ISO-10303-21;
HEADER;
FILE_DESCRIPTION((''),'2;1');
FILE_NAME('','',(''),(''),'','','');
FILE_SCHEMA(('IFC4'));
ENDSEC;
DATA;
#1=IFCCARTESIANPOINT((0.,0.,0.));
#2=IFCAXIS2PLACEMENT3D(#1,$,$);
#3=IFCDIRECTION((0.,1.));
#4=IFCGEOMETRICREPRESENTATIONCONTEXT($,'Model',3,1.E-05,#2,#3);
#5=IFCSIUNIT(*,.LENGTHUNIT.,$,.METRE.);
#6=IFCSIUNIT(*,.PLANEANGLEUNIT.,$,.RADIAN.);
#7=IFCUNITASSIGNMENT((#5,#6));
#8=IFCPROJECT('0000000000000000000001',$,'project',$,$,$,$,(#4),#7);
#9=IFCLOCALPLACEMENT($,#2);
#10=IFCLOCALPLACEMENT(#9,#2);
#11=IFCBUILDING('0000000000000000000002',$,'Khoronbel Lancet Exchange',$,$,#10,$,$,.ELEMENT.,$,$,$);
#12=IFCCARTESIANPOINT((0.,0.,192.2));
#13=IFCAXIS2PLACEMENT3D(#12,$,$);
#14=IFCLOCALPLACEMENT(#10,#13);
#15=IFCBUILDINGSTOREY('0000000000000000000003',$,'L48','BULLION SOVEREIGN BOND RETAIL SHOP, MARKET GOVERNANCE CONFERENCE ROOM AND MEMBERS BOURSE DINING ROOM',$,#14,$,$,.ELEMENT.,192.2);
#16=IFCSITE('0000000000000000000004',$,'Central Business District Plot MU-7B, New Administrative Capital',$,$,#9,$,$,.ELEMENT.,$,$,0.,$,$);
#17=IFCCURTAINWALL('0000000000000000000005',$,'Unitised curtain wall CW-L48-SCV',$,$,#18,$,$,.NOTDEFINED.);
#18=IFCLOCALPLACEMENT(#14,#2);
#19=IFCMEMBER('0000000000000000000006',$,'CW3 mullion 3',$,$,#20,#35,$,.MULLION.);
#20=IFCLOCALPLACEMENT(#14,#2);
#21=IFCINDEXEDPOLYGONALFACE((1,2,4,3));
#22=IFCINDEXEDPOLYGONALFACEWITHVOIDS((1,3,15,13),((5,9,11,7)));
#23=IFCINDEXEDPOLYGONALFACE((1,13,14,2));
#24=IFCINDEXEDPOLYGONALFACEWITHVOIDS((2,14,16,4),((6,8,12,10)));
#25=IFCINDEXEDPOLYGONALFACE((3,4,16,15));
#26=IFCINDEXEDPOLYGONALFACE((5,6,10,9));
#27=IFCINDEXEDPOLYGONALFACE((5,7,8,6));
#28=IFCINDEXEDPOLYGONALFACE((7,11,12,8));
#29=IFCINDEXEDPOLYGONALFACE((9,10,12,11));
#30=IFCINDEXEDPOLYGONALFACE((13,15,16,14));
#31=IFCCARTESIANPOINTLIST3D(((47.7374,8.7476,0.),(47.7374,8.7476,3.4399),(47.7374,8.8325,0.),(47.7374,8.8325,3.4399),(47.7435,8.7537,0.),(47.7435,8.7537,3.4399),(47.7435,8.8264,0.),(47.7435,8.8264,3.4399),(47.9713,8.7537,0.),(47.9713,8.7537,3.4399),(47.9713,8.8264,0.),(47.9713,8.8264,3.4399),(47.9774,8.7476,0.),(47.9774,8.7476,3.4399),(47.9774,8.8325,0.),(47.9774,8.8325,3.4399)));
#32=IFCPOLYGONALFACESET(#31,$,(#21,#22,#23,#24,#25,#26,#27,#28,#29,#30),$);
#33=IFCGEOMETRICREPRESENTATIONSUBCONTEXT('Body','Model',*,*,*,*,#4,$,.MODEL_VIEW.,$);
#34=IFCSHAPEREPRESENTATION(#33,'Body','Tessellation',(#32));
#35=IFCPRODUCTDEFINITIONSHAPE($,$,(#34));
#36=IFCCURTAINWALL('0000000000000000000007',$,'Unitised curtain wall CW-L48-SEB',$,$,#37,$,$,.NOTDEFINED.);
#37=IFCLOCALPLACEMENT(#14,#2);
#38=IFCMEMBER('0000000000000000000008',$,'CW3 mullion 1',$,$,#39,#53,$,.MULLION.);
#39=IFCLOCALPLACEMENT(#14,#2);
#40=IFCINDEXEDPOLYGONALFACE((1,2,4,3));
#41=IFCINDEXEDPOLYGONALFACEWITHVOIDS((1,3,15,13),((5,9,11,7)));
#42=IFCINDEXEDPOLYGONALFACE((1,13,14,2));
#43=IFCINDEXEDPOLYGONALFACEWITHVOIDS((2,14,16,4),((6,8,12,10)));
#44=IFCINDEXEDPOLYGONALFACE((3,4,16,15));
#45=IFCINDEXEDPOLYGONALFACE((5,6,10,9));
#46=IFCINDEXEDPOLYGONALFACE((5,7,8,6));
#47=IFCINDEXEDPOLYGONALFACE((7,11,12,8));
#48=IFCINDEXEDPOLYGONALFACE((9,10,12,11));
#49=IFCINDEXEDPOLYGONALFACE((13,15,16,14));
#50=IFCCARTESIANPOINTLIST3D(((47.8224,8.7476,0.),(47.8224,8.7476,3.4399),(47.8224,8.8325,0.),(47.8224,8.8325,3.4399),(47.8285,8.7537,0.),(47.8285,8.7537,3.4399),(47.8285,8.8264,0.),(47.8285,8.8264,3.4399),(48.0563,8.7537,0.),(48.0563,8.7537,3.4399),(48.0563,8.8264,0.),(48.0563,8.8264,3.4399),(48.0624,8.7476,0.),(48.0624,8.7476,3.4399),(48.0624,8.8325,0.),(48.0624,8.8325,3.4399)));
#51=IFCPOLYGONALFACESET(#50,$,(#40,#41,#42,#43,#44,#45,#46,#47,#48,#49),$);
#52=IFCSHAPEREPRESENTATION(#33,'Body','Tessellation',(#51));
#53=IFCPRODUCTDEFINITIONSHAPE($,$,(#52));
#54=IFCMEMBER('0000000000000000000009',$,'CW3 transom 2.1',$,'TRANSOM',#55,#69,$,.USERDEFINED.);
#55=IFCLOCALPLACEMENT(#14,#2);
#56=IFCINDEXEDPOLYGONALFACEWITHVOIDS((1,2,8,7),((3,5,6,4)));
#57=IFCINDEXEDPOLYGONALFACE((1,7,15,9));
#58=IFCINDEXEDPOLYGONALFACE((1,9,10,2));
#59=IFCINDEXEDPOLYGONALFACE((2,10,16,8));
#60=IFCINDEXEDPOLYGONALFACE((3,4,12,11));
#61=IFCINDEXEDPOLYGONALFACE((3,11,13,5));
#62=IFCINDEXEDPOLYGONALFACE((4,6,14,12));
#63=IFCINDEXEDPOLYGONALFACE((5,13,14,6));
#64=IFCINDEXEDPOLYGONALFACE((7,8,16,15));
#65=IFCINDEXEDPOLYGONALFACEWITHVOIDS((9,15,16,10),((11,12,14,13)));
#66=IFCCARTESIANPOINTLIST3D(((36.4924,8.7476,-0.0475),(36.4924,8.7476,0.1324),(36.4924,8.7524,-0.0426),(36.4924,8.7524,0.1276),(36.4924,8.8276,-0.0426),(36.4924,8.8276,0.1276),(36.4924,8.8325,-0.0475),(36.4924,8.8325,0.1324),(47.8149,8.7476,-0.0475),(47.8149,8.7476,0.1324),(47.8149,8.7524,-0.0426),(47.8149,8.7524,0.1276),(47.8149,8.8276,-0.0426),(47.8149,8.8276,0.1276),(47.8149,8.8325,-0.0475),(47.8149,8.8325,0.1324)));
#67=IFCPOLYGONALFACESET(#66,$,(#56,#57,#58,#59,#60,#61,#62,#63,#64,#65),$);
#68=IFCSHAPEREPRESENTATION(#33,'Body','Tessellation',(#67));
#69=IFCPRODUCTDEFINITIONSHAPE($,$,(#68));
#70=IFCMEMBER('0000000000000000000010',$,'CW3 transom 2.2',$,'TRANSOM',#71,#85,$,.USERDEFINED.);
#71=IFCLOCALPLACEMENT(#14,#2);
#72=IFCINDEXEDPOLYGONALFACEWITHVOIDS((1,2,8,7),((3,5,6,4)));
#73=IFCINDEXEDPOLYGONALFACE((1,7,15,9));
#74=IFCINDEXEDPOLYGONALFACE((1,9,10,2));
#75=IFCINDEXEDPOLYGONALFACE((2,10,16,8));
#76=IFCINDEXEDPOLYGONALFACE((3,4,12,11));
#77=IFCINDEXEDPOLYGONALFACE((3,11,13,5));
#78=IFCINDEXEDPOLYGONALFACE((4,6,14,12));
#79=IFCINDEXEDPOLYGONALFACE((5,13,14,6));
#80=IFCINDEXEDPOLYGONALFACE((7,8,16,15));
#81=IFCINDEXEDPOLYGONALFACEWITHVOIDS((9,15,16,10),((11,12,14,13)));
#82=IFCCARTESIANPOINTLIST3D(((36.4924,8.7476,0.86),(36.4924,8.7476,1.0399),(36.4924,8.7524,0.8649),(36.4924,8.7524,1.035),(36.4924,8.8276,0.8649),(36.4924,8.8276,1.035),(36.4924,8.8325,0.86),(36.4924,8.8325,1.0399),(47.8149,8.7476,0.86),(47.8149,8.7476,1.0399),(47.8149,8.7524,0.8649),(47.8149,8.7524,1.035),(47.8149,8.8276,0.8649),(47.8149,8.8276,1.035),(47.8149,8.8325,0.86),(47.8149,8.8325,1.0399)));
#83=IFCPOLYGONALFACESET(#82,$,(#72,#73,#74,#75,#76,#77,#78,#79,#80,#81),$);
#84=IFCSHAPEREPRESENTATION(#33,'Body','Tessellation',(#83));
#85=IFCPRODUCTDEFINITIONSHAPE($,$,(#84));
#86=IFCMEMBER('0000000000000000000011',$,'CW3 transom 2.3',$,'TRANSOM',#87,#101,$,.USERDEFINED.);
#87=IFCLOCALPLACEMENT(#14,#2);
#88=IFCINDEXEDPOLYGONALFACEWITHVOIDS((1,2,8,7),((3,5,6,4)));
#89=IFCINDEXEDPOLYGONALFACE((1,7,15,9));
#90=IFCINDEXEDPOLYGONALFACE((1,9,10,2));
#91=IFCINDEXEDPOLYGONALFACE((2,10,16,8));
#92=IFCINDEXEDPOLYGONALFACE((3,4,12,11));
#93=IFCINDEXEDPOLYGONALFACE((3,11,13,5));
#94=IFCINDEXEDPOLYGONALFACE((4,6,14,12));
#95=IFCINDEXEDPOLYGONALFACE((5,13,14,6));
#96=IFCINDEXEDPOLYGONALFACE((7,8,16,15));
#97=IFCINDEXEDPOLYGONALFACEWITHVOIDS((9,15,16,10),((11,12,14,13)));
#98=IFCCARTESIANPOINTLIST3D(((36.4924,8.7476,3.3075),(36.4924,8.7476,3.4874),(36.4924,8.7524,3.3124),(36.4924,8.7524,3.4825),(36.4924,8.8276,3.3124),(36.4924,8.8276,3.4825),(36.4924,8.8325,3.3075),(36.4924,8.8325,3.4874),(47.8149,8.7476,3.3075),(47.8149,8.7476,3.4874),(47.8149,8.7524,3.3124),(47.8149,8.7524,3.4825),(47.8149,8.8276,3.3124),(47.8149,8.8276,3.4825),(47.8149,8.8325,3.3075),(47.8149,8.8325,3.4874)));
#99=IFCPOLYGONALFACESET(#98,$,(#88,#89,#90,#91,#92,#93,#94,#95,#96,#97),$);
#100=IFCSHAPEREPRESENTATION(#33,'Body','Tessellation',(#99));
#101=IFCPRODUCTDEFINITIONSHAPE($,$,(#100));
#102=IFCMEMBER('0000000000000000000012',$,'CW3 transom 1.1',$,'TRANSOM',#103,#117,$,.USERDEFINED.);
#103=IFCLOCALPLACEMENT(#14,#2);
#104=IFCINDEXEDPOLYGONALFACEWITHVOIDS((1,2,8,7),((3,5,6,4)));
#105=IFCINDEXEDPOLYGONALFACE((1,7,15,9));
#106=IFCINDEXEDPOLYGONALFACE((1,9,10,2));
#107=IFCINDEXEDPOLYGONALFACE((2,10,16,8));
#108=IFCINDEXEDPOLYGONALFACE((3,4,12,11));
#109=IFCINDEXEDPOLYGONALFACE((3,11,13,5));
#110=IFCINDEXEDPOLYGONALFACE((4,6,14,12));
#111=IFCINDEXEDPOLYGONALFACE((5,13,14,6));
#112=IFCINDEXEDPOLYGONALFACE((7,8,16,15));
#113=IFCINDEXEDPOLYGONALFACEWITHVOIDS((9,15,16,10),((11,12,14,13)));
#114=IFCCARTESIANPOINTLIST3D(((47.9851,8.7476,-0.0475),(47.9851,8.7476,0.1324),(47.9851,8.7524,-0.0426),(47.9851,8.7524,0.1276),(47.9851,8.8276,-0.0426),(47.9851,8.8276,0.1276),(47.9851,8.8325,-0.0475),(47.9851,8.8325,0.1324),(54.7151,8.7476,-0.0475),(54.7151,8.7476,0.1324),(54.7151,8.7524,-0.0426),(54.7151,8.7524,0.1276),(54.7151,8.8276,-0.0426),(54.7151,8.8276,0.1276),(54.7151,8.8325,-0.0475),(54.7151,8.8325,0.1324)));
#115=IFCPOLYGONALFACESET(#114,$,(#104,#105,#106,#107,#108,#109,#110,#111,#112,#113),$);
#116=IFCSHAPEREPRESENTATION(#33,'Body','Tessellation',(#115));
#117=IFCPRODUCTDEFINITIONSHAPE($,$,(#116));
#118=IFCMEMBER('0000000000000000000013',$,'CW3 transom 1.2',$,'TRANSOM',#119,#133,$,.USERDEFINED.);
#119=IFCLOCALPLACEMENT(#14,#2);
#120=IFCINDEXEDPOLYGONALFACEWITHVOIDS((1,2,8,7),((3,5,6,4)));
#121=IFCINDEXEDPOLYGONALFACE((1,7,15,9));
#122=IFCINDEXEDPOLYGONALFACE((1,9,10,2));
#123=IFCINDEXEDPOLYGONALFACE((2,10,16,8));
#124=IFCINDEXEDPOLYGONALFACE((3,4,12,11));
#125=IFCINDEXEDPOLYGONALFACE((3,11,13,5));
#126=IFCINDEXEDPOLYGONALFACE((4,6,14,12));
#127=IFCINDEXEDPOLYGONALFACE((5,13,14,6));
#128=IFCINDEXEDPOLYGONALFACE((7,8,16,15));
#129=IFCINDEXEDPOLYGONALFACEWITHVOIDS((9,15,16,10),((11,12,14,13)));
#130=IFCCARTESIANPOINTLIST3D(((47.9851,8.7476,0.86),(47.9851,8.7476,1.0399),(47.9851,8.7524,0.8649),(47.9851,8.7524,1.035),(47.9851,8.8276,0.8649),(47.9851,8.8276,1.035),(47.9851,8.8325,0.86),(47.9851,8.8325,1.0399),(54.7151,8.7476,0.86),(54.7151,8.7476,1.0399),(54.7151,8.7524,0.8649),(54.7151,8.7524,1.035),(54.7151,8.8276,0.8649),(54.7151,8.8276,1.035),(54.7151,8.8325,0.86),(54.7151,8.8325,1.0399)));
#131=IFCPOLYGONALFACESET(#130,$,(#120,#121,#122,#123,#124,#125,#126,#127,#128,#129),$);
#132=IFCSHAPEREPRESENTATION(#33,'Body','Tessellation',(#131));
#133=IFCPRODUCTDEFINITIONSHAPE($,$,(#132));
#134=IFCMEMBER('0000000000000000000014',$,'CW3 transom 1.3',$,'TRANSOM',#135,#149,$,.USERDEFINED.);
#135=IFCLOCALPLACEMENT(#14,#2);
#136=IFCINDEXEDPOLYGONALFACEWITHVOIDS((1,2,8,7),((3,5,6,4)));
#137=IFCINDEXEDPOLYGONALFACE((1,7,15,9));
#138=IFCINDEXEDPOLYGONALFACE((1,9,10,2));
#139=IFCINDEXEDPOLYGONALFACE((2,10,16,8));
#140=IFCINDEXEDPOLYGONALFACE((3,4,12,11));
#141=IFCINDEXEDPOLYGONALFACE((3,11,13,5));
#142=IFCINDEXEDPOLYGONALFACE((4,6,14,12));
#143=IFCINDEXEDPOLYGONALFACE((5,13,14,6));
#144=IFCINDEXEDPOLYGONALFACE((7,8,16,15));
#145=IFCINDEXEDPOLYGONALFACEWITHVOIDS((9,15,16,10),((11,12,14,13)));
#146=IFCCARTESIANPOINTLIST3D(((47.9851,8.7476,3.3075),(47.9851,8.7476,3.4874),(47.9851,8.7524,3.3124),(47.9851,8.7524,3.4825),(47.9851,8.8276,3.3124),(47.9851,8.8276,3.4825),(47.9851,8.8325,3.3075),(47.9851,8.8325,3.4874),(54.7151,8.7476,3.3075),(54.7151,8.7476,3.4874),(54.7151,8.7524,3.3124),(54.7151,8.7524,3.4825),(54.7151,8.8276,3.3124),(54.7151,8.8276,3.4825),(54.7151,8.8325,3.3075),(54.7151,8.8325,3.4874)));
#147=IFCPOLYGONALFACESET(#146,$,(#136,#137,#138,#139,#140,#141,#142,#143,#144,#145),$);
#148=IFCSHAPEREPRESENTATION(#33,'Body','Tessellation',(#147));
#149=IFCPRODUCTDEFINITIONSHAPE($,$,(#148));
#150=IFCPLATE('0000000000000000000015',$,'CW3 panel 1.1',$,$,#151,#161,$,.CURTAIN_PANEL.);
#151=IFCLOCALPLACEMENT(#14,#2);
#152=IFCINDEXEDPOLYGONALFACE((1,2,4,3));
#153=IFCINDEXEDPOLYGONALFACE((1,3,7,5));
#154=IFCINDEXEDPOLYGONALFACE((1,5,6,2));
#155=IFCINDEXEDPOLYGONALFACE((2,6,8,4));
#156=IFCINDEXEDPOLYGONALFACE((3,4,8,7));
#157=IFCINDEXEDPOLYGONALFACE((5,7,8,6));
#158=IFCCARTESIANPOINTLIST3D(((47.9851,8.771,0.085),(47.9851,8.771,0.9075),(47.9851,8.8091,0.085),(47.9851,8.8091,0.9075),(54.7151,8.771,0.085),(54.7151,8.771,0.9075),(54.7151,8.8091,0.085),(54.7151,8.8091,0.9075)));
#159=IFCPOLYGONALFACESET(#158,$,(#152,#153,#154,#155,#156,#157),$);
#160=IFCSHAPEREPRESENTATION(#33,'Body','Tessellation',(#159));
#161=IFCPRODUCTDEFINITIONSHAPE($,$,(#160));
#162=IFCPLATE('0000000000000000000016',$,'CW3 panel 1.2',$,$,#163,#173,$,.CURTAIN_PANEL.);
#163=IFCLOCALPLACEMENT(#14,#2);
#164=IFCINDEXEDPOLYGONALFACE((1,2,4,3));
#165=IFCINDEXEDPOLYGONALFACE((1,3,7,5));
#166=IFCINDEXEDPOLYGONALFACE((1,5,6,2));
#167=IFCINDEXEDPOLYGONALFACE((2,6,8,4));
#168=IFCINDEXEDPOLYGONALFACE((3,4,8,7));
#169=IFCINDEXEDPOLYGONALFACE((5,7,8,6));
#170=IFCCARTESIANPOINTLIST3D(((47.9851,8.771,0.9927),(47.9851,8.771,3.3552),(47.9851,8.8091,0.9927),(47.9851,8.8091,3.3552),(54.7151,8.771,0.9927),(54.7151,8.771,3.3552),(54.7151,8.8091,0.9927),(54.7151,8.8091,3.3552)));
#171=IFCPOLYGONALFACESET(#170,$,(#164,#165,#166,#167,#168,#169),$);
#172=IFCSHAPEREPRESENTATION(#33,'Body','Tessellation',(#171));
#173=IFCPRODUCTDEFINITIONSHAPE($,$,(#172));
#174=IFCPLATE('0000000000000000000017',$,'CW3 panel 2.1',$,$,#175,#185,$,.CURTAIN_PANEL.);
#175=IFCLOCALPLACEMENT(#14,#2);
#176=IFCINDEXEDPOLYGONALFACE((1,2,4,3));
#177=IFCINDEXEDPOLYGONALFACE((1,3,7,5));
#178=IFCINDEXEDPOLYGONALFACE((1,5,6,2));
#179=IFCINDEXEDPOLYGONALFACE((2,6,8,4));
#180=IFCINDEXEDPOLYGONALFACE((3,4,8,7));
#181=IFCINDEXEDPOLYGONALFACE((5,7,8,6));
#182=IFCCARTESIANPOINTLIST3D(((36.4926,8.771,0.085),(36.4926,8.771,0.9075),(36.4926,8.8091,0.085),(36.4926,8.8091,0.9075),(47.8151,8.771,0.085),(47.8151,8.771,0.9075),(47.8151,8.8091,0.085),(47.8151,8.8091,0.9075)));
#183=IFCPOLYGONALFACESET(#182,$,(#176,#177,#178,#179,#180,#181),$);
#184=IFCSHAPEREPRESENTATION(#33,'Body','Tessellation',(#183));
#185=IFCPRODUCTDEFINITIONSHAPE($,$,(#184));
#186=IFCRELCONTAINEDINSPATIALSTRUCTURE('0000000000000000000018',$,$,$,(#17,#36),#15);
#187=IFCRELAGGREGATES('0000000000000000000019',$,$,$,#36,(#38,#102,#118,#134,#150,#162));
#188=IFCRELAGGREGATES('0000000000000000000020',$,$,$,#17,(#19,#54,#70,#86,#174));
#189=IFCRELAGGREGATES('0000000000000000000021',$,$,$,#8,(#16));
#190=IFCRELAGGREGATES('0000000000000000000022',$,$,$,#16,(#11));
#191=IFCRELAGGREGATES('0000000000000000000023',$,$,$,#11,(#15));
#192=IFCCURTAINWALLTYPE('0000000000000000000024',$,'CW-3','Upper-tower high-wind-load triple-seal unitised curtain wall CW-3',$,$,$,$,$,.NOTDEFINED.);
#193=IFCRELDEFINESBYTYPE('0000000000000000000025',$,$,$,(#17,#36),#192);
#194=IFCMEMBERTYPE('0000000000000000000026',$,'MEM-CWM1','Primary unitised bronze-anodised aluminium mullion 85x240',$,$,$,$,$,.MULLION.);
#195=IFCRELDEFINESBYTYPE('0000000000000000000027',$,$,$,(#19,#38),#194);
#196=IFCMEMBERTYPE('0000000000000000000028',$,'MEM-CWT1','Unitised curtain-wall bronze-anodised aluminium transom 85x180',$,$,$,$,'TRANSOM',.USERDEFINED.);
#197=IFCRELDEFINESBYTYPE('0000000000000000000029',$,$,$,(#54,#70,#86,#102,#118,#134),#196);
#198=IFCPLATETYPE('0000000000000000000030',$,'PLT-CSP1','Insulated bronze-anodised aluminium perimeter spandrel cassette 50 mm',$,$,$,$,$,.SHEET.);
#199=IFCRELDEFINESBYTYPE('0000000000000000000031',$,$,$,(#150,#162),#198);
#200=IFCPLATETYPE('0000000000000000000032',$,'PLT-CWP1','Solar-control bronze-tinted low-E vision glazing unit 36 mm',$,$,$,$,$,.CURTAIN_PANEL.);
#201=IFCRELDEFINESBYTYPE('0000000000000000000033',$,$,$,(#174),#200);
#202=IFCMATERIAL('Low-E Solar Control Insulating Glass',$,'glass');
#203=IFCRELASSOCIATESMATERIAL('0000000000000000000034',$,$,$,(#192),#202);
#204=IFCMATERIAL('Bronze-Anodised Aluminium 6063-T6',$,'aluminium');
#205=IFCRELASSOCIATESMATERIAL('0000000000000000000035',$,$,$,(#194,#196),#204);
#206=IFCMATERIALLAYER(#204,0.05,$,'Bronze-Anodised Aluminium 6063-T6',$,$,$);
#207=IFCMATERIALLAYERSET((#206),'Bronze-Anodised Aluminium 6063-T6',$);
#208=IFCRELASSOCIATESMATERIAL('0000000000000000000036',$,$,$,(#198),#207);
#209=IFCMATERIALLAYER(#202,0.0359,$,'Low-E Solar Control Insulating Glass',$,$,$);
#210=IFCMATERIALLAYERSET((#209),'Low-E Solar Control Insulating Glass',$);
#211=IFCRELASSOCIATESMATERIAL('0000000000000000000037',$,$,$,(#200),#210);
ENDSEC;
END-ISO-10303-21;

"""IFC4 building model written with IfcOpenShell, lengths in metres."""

from ifc_helpers import new_model, si_unit, direction, frame, origin, origin_2d, place, context, subcontext, project, spatial, rectangle, hollow_rectangle, extrude, material, layer, layer_set, material_profile, profile_set, type_object, element, aggregate, save


model = new_model("IFC4")

# Units and contexts
model_context = context("Model", 3, precision=1e-05, world=origin(), true_north=direction((0.0, 1.0)))
body_context = subcontext(model_context, "Body", "Model", "MODEL_VIEW")
ifc_project = project(units=[si_unit("LENGTHUNIT", "METRE"), si_unit("PLANEANGLEUNIT", "RADIAN")], contexts=[model_context])

# Site, building, storey
site_placement = place(None, origin())
site = spatial("IfcSite", under=ifc_project, at=site_placement, Name="Central Business District Plot MU-7B, New Administrative Capital", CompositionType="ELEMENT", RefElevation=0.0)
building_placement = place(site_placement, origin())
building = spatial("IfcBuilding", under=site, at=building_placement, Name="Khoronbel Lancet Exchange", CompositionType="ELEMENT")
storey_placement = place(building_placement, frame((0.0, 0.0, 192.2)))
storey = spatial("IfcBuildingStorey", under=building, at=storey_placement, Name="L48", Description="BULLION SOVEREIGN BOND RETAIL SHOP, MARKET GOVERNANCE CONFERENCE ROOM AND MEMBERS BOURSE DINING ROOM", CompositionType="ELEMENT", Elevation=192.2)

# Curtain wall, member
ifc_material_1 = material(Name="Low-E Solar Control Insulating Glass", Category="glass")
curtain_wall_type = type_object("IfcCurtainWallType", Name="CW-3", Description="Upper-tower high-wind-load triple-seal unitised curtain wall CW-3", PredefinedType="NOTDEFINED", material=ifc_material_1)
curtain_wall_1_placement = place(storey_placement, origin())
curtain_wall_1 = element("IfcCurtainWall", 1, at=curtain_wall_1_placement, inside=storey, type_object=curtain_wall_type, Name="Unitised curtain wall CW-L48-SCV", PredefinedType="NOTDEFINED")
ifc_material_2 = material(Name="Bronze-Anodised Aluminium 6063-T6", Category="aluminium")
ifc_material_profile_1 = material_profile(ifc_material_2, hollow_rectangle(XDim=0.085, YDim=0.24, WallThickness=0.0061, at=origin_2d()), Name="ALU MULLION 85x240")
ifc_profile_set_1 = profile_set([ifc_material_profile_1], Name="Bronze-Anodised Aluminium 6063-T6")
member_type_1 = type_object("IfcMemberType", Name="MEM-CWM1", Description="Primary unitised bronze-anodised aluminium mullion 85x240", PredefinedType="MULLION", material=ifc_profile_set_1)
member_1_placement = place(storey_placement, frame((47.8574, 8.79, 0.0), z_axis=(0.0, 0.0, 1.0), x_axis=(0.0, 1.0, 0.0)))
member_1 = element("IfcMember", 2, at=member_1_placement, type_object=member_type_1, Name="CW3 mullion 3", PredefinedType="MULLION", context=body_context, shape_type="SweptSolid", body=[
    extrude(hollow_rectangle(XDim=0.085, YDim=0.24, WallThickness=0.0061, at=origin_2d()), origin(), (0.0, 0.0, 1.0), 3.4399),
])

# Curtain wall, member
curtain_wall_2_placement = place(storey_placement, origin())
curtain_wall_2 = element("IfcCurtainWall", 3, at=curtain_wall_2_placement, inside=storey, type_object=curtain_wall_type, Name="Unitised curtain wall CW-L48-SEB", PredefinedType="NOTDEFINED")
member_2_placement = place(storey_placement, frame((47.9424, 8.79, 0.0), z_axis=(0.0, 0.0, 1.0), x_axis=(0.0, 1.0, 0.0)))
member_2 = element("IfcMember", 4, at=member_2_placement, type_object=member_type_1, Name="CW3 mullion 1", PredefinedType="MULLION", context=body_context, shape_type="SweptSolid", body=[
    extrude(hollow_rectangle(XDim=0.085, YDim=0.24, WallThickness=0.0061, at=origin_2d()), origin(), (0.0, 0.0, 1.0), 3.4399),
])

# Members
ifc_material_profile_2 = material_profile(ifc_material_2, hollow_rectangle(XDim=0.085, YDim=0.1799, WallThickness=0.0049, at=origin_2d()), Name="ALU TRANSOM 85x180")
ifc_profile_set_2 = profile_set([ifc_material_profile_2], Name="Bronze-Anodised Aluminium 6063-T6")
member_type_2 = type_object("IfcMemberType", Name="MEM-CWT1", Description="Unitised curtain-wall bronze-anodised aluminium transom 85x180", ElementType="TRANSOM", PredefinedType="USERDEFINED", material=ifc_profile_set_2)
member_3_placement = place(storey_placement, frame((36.4924, 8.79, 0.0425), z_axis=(1.0, 0.0, 0.0), x_axis=(0.0, 1.0, 0.0)))
member_3 = element("IfcMember", 5, at=member_3_placement, type_object=member_type_2, Name="CW3 transom 2.1", ObjectType="TRANSOM", PredefinedType="USERDEFINED", context=body_context, shape_type="SweptSolid", body=[
    extrude(hollow_rectangle(XDim=0.085, YDim=0.1799, WallThickness=0.0049, at=origin_2d()), origin(), (0.0, 0.0, 1.0), 11.3225),
])
member_4_placement = place(storey_placement, frame((36.4924, 8.79, 0.95), z_axis=(1.0, 0.0, 0.0), x_axis=(0.0, 1.0, 0.0)))
member_4 = element("IfcMember", 6, at=member_4_placement, type_object=member_type_2, Name="CW3 transom 2.2", ObjectType="TRANSOM", PredefinedType="USERDEFINED", context=body_context, shape_type="SweptSolid", body=[
    extrude(hollow_rectangle(XDim=0.085, YDim=0.1799, WallThickness=0.0049, at=origin_2d()), origin(), (0.0, 0.0, 1.0), 11.3225),
])
member_5_placement = place(storey_placement, frame((36.4924, 8.79, 3.3975), z_axis=(1.0, 0.0, 0.0), x_axis=(0.0, 1.0, 0.0)))
member_5 = element("IfcMember", 7, at=member_5_placement, type_object=member_type_2, Name="CW3 transom 2.3", ObjectType="TRANSOM", PredefinedType="USERDEFINED", context=body_context, shape_type="SweptSolid", body=[
    extrude(hollow_rectangle(XDim=0.085, YDim=0.1799, WallThickness=0.0049, at=origin_2d()), origin(), (0.0, 0.0, 1.0), 11.3225),
])
member_6_placement = place(storey_placement, frame((47.9851, 8.79, 0.0425), z_axis=(1.0, 0.0, 0.0), x_axis=(0.0, 1.0, 0.0)))
member_6 = element("IfcMember", 8, at=member_6_placement, type_object=member_type_2, Name="CW3 transom 1.1", ObjectType="TRANSOM", PredefinedType="USERDEFINED", context=body_context, shape_type="SweptSolid", body=[
    extrude(hollow_rectangle(XDim=0.085, YDim=0.1799, WallThickness=0.0049, at=origin_2d()), origin(), (0.0, 0.0, 1.0), 6.73),
])
member_7_placement = place(storey_placement, frame((47.9851, 8.79, 0.95), z_axis=(1.0, 0.0, 0.0), x_axis=(0.0, 1.0, 0.0)))
member_7 = element("IfcMember", 9, at=member_7_placement, type_object=member_type_2, Name="CW3 transom 1.2", ObjectType="TRANSOM", PredefinedType="USERDEFINED", context=body_context, shape_type="SweptSolid", body=[
    extrude(hollow_rectangle(XDim=0.085, YDim=0.1799, WallThickness=0.0049, at=origin_2d()), origin(), (0.0, 0.0, 1.0), 6.73),
])
member_8_placement = place(storey_placement, frame((47.9851, 8.79, 3.3975), z_axis=(1.0, 0.0, 0.0), x_axis=(0.0, 1.0, 0.0)))
member_8 = element("IfcMember", 10, at=member_8_placement, type_object=member_type_2, Name="CW3 transom 1.3", ObjectType="TRANSOM", PredefinedType="USERDEFINED", context=body_context, shape_type="SweptSolid", body=[
    extrude(hollow_rectangle(XDim=0.085, YDim=0.1799, WallThickness=0.0049, at=origin_2d()), origin(), (0.0, 0.0, 1.0), 6.73),
])

# Plates
ifc_layer_1 = layer(ifc_material_2, 0.05, Name="Bronze-Anodised Aluminium 6063-T6")
ifc_layer_set_1 = layer_set([ifc_layer_1], Name="Bronze-Anodised Aluminium 6063-T6")
plate_type_1 = type_object("IfcPlateType", Name="PLT-CSP1", Description="Insulated bronze-anodised aluminium perimeter spandrel cassette 50 mm", PredefinedType="SHEET", material=ifc_layer_set_1)
plate_1_placement = place(storey_placement, frame((51.3501, 8.79, 0.085), z_axis=(0.0, 0.0, 1.0), x_axis=(1.0, 0.0, 0.0)))
plate_1 = element("IfcPlate", 11, at=plate_1_placement, type_object=plate_type_1, Name="CW3 panel 1.1", PredefinedType="CURTAIN_PANEL", context=body_context, shape_type="SweptSolid", body=[
    extrude(rectangle(XDim=6.73, YDim=0.0381, at=origin_2d()), origin(), (0.0, 0.0, 1.0), 0.8225),
])
plate_2_placement = place(storey_placement, frame((51.3501, 8.79, 0.9927), z_axis=(0.0, 0.0, 1.0), x_axis=(1.0, 0.0, 0.0)))
plate_2 = element("IfcPlate", 12, at=plate_2_placement, type_object=plate_type_1, Name="CW3 panel 1.2", PredefinedType="CURTAIN_PANEL", context=body_context, shape_type="SweptSolid", body=[
    extrude(rectangle(XDim=6.73, YDim=0.0381, at=origin_2d()), origin(), (0.0, 0.0, 1.0), 2.3625),
])
aggregate(curtain_wall_2, [member_2, member_6, member_7, member_8, plate_1, plate_2])
ifc_layer_2 = layer(ifc_material_1, 0.0359, Name="Low-E Solar Control Insulating Glass")
ifc_layer_set_2 = layer_set([ifc_layer_2], Name="Low-E Solar Control Insulating Glass")
plate_type_2 = type_object("IfcPlateType", Name="PLT-CWP1", Description="Solar-control bronze-tinted low-E vision glazing unit 36 mm", PredefinedType="CURTAIN_PANEL", material=ifc_layer_set_2)
plate_3_placement = place(storey_placement, frame((42.1538, 8.79, 0.085), z_axis=(0.0, 0.0, 1.0), x_axis=(1.0, 0.0, 0.0)))
plate_3 = element("IfcPlate", 13, at=plate_3_placement, type_object=plate_type_2, Name="CW3 panel 2.1", PredefinedType="CURTAIN_PANEL", context=body_context, shape_type="SweptSolid", body=[
    extrude(rectangle(XDim=11.3225, YDim=0.0381, at=origin_2d()), origin(), (0.0, 0.0, 1.0), 0.8225),
])
aggregate(curtain_wall_1, [member_1, member_3, member_4, member_5, plate_3])

save(model, "model.ifc")
